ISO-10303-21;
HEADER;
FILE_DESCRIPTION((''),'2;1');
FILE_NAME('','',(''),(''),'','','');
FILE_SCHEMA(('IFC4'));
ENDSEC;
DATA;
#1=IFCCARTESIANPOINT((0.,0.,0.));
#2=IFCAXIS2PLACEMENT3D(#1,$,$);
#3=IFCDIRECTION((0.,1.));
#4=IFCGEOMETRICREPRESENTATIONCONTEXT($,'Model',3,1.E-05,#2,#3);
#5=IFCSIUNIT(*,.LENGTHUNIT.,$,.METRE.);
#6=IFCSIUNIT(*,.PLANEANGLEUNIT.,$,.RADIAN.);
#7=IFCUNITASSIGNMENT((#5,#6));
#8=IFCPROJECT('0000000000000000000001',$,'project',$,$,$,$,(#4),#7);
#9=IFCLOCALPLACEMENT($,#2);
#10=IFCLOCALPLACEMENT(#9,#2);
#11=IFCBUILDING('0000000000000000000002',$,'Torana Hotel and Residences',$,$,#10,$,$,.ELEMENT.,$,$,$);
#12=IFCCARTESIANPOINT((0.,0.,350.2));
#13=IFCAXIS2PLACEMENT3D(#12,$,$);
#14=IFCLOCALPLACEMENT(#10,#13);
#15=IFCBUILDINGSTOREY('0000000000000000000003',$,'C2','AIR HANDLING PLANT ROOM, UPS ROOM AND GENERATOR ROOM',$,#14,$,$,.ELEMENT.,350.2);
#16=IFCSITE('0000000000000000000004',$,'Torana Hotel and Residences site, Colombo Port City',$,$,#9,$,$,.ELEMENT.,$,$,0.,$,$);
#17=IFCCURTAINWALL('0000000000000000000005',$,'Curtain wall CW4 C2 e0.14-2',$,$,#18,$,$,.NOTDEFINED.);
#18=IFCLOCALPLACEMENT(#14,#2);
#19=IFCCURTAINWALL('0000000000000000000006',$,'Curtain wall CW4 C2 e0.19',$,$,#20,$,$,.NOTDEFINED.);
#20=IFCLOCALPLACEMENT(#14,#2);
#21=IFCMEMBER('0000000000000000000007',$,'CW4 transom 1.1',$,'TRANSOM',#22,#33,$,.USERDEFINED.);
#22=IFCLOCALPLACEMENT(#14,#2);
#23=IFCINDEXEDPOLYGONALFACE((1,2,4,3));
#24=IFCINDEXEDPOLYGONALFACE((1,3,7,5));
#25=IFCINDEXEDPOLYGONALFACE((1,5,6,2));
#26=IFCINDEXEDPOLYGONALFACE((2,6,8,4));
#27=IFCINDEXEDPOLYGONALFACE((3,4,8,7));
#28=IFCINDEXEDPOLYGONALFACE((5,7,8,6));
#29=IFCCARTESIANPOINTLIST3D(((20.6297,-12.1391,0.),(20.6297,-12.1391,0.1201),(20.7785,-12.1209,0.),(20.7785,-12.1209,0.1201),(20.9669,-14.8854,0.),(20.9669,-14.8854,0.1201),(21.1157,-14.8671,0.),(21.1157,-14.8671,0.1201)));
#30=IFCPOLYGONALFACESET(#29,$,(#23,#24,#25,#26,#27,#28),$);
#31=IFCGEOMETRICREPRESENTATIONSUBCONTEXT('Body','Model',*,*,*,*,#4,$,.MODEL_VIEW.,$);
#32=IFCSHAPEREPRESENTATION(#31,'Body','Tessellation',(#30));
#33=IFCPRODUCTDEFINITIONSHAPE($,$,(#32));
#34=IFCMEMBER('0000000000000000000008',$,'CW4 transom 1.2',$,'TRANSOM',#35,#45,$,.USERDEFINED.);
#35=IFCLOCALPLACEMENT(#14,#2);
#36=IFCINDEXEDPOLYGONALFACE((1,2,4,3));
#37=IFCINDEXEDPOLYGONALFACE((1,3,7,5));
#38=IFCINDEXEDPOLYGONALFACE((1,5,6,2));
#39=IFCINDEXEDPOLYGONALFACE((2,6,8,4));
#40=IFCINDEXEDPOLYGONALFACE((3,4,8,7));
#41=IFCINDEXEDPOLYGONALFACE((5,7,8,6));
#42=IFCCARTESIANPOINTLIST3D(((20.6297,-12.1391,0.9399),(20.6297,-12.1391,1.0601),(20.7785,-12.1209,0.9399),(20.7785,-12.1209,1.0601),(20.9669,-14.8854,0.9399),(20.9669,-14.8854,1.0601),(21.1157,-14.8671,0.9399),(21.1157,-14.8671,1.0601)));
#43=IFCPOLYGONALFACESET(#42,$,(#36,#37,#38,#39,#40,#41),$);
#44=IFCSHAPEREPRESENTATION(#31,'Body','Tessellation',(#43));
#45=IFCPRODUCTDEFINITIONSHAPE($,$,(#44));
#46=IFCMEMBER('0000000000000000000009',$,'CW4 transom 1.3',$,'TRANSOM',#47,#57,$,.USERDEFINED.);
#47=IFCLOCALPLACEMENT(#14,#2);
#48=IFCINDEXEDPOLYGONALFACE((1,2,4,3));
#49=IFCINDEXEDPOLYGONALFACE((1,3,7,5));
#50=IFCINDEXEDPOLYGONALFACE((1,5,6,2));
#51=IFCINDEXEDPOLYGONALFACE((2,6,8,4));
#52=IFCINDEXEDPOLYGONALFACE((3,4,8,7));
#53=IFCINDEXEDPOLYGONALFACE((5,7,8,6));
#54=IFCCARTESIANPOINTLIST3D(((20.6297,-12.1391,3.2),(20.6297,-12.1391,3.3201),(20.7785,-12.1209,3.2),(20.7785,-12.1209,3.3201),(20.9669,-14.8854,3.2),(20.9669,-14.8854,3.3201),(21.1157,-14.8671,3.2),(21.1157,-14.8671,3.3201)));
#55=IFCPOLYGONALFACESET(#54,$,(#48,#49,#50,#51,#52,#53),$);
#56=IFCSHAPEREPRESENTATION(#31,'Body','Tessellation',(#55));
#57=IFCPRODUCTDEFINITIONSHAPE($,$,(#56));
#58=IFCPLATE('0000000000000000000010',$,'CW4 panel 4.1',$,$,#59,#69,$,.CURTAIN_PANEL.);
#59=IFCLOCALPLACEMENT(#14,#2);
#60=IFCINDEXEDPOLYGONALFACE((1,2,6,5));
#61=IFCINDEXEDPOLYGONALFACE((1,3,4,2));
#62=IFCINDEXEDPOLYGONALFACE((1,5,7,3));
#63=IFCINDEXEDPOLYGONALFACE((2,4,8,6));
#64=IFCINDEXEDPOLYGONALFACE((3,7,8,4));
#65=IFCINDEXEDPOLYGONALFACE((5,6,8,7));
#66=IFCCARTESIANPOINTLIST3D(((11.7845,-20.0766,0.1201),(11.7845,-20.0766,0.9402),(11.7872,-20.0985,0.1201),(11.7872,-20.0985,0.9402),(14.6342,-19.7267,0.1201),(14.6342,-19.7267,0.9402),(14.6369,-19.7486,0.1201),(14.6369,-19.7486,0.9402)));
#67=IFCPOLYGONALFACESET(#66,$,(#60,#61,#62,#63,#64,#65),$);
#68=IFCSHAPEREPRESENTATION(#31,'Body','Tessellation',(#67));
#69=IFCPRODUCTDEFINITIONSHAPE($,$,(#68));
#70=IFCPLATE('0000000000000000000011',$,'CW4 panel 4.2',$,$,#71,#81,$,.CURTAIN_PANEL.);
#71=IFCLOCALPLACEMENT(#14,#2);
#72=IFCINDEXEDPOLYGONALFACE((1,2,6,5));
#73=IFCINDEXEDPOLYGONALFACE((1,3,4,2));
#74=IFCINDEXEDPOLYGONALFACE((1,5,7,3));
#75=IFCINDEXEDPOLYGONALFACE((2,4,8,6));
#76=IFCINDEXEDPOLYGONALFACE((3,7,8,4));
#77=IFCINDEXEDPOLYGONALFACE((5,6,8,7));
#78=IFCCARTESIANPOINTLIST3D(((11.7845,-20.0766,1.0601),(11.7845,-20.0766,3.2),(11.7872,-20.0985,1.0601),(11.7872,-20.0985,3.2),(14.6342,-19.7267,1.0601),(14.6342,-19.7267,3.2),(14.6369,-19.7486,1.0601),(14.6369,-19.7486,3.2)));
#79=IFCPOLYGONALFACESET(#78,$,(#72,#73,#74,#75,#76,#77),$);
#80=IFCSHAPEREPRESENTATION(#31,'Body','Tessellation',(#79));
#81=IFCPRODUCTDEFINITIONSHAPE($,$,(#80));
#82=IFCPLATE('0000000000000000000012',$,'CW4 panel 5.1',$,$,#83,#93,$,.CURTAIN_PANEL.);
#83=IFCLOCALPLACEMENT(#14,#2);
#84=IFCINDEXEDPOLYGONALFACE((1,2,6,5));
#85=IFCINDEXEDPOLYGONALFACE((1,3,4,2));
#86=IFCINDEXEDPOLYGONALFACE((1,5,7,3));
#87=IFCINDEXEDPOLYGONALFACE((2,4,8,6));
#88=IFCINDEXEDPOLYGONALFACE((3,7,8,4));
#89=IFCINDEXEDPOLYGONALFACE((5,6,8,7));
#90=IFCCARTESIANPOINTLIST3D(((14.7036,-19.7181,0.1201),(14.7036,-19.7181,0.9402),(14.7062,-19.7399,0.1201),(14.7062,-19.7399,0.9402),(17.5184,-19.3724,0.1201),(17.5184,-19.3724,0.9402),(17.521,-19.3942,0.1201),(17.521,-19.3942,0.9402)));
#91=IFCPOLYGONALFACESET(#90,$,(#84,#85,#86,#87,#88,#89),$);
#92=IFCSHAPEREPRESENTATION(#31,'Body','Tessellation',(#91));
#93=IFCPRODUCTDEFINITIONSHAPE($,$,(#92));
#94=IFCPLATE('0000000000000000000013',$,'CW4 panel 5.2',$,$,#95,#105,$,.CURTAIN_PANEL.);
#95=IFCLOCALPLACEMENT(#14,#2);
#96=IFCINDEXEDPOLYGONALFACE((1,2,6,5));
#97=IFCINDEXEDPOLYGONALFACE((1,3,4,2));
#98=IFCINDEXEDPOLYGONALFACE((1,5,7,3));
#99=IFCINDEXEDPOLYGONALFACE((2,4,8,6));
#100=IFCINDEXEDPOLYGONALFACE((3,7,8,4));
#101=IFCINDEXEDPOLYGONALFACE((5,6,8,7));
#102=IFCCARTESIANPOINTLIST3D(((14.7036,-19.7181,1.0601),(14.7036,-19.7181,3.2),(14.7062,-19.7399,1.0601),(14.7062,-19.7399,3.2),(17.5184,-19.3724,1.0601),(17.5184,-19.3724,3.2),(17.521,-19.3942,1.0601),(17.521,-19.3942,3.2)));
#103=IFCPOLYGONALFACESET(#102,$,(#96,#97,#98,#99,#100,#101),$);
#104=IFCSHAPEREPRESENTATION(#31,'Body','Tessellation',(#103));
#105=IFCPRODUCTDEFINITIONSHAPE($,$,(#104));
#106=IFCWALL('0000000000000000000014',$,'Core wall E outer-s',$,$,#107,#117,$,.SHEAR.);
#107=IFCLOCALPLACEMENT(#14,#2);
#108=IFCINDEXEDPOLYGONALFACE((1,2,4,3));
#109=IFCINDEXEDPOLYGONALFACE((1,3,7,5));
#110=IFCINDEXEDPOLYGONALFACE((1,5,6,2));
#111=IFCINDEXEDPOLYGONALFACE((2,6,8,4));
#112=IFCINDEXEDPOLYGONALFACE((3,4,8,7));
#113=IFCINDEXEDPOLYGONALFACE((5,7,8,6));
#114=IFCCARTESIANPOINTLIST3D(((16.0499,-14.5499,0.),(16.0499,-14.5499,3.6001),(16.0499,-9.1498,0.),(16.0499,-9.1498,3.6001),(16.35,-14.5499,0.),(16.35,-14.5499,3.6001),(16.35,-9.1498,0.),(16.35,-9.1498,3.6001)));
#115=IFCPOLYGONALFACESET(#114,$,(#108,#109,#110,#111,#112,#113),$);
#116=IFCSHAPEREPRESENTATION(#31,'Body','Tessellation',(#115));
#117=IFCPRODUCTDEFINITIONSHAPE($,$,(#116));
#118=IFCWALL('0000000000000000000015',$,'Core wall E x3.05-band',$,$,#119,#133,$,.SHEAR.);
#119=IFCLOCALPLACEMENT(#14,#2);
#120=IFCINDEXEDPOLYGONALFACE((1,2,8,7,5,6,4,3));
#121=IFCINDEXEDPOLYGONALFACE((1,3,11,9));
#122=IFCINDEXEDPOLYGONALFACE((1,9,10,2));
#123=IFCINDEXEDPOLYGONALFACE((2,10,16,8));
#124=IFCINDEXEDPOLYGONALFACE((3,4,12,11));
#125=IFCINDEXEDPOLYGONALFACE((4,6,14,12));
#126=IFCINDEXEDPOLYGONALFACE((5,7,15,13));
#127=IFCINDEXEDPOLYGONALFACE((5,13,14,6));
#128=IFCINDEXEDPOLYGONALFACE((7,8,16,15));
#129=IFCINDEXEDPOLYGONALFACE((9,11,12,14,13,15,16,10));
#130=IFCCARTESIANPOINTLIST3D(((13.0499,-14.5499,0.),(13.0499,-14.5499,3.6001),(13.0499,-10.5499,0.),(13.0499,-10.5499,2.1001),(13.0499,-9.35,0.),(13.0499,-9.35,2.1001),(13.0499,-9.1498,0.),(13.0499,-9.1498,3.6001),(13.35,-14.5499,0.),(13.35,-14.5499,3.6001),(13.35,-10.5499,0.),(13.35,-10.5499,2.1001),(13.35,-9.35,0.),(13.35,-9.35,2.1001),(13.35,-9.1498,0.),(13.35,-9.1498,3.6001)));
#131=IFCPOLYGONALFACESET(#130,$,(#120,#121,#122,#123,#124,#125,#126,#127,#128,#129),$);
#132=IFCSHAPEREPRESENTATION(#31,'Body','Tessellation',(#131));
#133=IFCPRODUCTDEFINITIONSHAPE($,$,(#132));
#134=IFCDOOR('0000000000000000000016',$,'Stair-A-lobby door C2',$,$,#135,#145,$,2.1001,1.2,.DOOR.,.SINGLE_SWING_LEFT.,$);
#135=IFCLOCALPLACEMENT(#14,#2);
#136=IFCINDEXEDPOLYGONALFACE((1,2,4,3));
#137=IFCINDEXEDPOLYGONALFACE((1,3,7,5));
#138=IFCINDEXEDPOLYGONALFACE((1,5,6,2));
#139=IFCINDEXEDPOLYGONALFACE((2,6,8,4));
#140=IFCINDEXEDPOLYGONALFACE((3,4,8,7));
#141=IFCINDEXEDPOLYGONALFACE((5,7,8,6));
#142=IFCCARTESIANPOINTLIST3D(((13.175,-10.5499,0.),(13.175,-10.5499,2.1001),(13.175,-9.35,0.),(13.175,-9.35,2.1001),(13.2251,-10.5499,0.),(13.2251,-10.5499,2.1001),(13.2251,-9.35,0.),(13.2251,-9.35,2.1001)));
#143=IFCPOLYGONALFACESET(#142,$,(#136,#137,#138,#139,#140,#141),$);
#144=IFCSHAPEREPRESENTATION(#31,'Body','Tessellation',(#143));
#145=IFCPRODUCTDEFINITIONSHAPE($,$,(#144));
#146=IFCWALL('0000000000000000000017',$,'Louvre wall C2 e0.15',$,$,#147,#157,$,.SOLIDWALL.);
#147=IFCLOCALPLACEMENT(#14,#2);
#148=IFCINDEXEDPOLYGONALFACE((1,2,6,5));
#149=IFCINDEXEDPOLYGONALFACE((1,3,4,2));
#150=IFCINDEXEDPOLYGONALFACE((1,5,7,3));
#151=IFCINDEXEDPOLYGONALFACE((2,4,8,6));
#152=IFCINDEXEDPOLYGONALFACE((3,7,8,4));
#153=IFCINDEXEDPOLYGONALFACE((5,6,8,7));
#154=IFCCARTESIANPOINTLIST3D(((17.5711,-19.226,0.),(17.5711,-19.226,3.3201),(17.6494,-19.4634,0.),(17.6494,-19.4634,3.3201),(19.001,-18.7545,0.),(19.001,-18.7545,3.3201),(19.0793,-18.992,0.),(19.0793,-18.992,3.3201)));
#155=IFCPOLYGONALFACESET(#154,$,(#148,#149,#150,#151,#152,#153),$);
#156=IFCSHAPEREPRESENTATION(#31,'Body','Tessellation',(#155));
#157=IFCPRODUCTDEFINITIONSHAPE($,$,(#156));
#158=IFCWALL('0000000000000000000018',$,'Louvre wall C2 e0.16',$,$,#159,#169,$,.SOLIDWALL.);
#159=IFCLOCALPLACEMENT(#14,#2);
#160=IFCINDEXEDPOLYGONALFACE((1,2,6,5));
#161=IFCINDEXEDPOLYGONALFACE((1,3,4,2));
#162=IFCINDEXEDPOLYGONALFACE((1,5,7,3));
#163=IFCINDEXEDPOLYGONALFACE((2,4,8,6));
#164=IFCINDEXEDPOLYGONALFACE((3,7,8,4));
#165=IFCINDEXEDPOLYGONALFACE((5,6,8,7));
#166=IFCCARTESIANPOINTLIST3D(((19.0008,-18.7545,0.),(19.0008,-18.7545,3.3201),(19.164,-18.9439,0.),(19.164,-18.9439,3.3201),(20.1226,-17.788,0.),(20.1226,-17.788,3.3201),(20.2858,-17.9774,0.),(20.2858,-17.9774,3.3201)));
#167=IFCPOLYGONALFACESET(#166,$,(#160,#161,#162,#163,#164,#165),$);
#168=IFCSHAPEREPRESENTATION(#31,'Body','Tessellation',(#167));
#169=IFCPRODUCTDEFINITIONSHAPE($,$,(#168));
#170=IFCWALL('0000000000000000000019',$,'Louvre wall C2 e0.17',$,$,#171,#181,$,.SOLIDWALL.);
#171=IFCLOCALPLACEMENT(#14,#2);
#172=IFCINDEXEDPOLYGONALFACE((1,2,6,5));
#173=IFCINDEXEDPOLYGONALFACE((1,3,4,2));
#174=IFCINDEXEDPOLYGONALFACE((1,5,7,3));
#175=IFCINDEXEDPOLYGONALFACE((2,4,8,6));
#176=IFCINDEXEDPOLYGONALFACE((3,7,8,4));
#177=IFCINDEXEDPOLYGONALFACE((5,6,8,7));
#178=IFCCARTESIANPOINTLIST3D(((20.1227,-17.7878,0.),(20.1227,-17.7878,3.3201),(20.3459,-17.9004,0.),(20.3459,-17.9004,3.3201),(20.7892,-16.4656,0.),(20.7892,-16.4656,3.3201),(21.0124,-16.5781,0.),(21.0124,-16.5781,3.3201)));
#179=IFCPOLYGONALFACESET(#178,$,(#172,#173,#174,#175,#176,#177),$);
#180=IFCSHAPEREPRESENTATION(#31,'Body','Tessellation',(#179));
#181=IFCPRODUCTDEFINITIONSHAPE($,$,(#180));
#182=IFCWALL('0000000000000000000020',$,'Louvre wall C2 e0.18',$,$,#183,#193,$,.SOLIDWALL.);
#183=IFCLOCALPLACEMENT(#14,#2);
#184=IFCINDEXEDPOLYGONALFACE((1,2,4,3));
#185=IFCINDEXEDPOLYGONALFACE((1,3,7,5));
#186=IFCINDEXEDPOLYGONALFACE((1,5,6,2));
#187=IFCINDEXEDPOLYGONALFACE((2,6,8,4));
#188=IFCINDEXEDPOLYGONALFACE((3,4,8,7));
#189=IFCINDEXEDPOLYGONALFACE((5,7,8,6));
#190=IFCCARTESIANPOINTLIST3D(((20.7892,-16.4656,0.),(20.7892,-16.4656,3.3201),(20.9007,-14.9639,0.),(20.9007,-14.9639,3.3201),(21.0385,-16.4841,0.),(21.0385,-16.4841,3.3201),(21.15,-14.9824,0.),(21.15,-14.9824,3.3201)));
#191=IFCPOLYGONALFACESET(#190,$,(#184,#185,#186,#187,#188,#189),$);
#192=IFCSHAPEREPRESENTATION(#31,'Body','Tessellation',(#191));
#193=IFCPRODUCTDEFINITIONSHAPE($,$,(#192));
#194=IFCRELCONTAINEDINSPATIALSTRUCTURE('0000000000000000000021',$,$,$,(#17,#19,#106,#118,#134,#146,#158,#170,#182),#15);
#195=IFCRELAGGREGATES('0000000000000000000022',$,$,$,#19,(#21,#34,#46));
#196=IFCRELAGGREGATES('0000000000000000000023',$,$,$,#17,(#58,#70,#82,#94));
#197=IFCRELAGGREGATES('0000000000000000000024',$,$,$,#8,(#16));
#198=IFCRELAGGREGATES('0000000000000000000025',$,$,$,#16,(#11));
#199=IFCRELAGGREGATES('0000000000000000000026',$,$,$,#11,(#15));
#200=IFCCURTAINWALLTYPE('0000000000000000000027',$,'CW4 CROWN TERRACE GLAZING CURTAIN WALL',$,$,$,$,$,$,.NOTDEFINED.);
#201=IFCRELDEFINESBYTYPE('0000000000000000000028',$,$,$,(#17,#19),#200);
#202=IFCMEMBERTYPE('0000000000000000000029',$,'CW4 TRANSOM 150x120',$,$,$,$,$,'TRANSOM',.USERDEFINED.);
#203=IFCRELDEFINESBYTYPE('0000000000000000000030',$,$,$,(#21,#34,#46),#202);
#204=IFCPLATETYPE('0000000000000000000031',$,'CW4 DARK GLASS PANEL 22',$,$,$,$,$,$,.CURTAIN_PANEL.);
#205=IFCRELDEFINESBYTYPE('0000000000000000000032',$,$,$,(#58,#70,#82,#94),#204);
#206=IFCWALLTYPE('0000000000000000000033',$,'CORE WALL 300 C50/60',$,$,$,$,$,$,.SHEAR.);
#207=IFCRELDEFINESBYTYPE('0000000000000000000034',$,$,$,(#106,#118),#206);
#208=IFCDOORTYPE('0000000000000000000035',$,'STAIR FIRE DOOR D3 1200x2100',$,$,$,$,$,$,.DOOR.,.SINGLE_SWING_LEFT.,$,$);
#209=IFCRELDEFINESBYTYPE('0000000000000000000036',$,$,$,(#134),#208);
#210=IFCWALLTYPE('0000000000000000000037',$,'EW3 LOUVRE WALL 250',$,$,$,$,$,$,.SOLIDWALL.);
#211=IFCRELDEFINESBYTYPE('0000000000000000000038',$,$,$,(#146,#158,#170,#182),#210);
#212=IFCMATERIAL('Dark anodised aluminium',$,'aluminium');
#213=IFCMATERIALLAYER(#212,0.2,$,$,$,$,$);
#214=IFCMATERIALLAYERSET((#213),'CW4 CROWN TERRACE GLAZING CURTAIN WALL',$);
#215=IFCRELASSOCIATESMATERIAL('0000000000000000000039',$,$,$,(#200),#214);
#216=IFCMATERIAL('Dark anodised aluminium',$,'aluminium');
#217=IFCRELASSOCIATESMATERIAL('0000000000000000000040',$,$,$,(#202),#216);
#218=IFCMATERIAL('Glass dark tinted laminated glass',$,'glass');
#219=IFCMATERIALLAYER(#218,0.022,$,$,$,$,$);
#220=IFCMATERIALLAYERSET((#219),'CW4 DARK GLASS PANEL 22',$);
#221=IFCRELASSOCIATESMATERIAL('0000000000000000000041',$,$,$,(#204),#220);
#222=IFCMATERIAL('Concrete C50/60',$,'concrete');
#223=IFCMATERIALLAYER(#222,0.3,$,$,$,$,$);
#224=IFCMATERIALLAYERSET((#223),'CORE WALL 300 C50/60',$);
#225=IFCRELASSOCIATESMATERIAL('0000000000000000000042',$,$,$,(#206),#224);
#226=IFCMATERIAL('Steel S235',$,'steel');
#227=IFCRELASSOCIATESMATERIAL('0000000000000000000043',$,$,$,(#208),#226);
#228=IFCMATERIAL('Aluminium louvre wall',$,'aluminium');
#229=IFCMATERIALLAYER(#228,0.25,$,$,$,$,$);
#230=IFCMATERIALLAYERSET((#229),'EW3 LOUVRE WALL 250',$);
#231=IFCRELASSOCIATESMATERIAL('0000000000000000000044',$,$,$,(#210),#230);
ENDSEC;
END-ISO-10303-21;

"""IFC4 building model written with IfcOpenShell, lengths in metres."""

from ifc_helpers import new_model, si_unit, direction, frame, frame_2d, origin, origin_2d, place, context, subcontext, project, spatial, rectangle, extrude, material, layer, layer_set, material_profile, profile_set, type_object, element, fill, aggregate, save


model = new_model("IFC4")

# Units and contexts
model_context = context("Model", 3, precision=1e-05, world=origin(), true_north=direction((0.0, 1.0)))
body_context = subcontext(model_context, "Body", "Model", "MODEL_VIEW")
ifc_project = project(units=[si_unit("LENGTHUNIT", "METRE"), si_unit("PLANEANGLEUNIT", "RADIAN")], contexts=[model_context])

# Site, building, storey
site_placement = place(None, origin())
site = spatial("IfcSite", under=ifc_project, at=site_placement, Name="Torana Hotel and Residences site, Colombo Port City", CompositionType="ELEMENT", RefElevation=0.0)
building_placement = place(site_placement, origin())
building = spatial("IfcBuilding", under=site, at=building_placement, Name="Torana Hotel and Residences", CompositionType="ELEMENT")
storey_placement = place(building_placement, frame((0.0, 0.0, 350.2)))
storey = spatial("IfcBuildingStorey", under=building, at=storey_placement, Name="C2", Description="AIR HANDLING PLANT ROOM, UPS ROOM AND GENERATOR ROOM", CompositionType="ELEMENT", Elevation=350.2)

# Curtain wall
ifc_material_1 = material(Name="Dark anodised aluminium", Category="aluminium")
ifc_layer_1 = layer(ifc_material_1, 0.2)
ifc_layer_set_1 = layer_set([ifc_layer_1], Name="CW4 CROWN TERRACE GLAZING CURTAIN WALL")
curtain_wall_type = type_object("IfcCurtainWallType", Name="CW4 CROWN TERRACE GLAZING CURTAIN WALL", PredefinedType="NOTDEFINED", material=ifc_layer_set_1)
curtain_wall_1_placement = place(storey_placement, origin())
curtain_wall_1 = element("IfcCurtainWall", 1, at=curtain_wall_1_placement, inside=storey, type_object=curtain_wall_type, Name="Curtain wall CW4 C2 e0.14-2", PredefinedType="NOTDEFINED")

# Curtain wall
curtain_wall_2_placement = place(storey_placement, origin())
curtain_wall_2 = element("IfcCurtainWall", 2, at=curtain_wall_2_placement, inside=storey, type_object=curtain_wall_type, Name="Curtain wall CW4 C2 e0.19", PredefinedType="NOTDEFINED")

# Members
ifc_material_2 = material(Name="Dark anodised aluminium", Category="aluminium")
ifc_material_profile_1 = material_profile(ifc_material_2, rectangle(XDim=0.1499, YDim=0.1201, at=origin_2d()), Name="CW4 TRANSOM 150x120")
ifc_profile_set_1 = profile_set([ifc_material_profile_1], Name="Dark anodised aluminium")
member_type_1 = type_object("IfcMemberType", Name="CW4 TRANSOM 150x120", ElementType="TRANSOM", PredefinedType="USERDEFINED", material=ifc_profile_set_1)
member_1_placement = place(storey_placement, frame((21.0413, -14.8762, 0.0601), z_axis=(-0.121852, 0.992548, 0.0), x_axis=(-0.992548, -0.121852, 0.0)))
member_1 = element("IfcMember", 3, at=member_1_placement, type_object=member_type_1, Name="CW4 transom 1.1", ObjectType="TRANSOM", PredefinedType="USERDEFINED", context=body_context, shape_type="SweptSolid", body=[
    extrude(rectangle(XDim=0.1499, YDim=0.1201, at=origin_2d()), origin(), (0.0, 0.0, 1.0), 2.7668),
])
member_2_placement = place(storey_placement, frame((21.0413, -14.8762, 1.0), z_axis=(-0.121852, 0.992548, 0.0), x_axis=(-0.992548, -0.121852, 0.0)))
member_2 = element("IfcMember", 4, at=member_2_placement, type_object=member_type_1, Name="CW4 transom 1.2", ObjectType="TRANSOM", PredefinedType="USERDEFINED", context=body_context, shape_type="SweptSolid", body=[
    extrude(rectangle(XDim=0.1499, YDim=0.1201, at=origin_2d()), origin(), (0.0, 0.0, 1.0), 2.7668),
])
member_3_placement = place(storey_placement, frame((21.0413, -14.8762, 3.26), z_axis=(-0.121852, 0.992548, 0.0), x_axis=(-0.992548, -0.121852, 0.0)))
member_3 = element("IfcMember", 5, at=member_3_placement, type_object=member_type_1, Name="CW4 transom 1.3", ObjectType="TRANSOM", PredefinedType="USERDEFINED", context=body_context, shape_type="SweptSolid", body=[
    extrude(rectangle(XDim=0.1499, YDim=0.1201, at=origin_2d()), origin(), (0.0, 0.0, 1.0), 2.7668),
])
aggregate(curtain_wall_2, [member_1, member_2, member_3])

# Plates
ifc_material_3 = material(Name="Glass dark tinted laminated glass", Category="glass")
ifc_layer_2 = layer(ifc_material_3, 0.022)
ifc_layer_set_2 = layer_set([ifc_layer_2], Name="CW4 DARK GLASS PANEL 22")
plate_type = type_object("IfcPlateType", Name="CW4 DARK GLASS PANEL 22", PredefinedType="CURTAIN_PANEL", material=ifc_layer_set_2)
plate_1_placement = place(storey_placement, frame((13.2107, -19.9126, 0.1201), z_axis=(0.0, 0.0, 1.0), x_axis=(0.992546, 0.12187, 0.0)))
plate_1 = element("IfcPlate", 6, at=plate_1_placement, type_object=plate_type, Name="CW4 panel 4.1", PredefinedType="CURTAIN_PANEL", context=body_context, shape_type="SweptSolid", body=[
    extrude(rectangle(XDim=2.8711, YDim=0.022, at=origin_2d()), origin(), (0.0, 0.0, 1.0), 0.8201),
])
plate_2_placement = place(storey_placement, frame((13.2107, -19.9126, 1.0601), z_axis=(0.0, 0.0, 1.0), x_axis=(0.992546, 0.12187, 0.0)))
plate_2 = element("IfcPlate", 7, at=plate_2_placement, type_object=plate_type, Name="CW4 panel 4.2", PredefinedType="CURTAIN_PANEL", context=body_context, shape_type="SweptSolid", body=[
    extrude(rectangle(XDim=2.8711, YDim=0.022, at=origin_2d()), origin(), (0.0, 0.0, 1.0), 2.1399),
])
plate_3_placement = place(storey_placement, frame((16.1123, -19.5562, 0.1201), z_axis=(0.0, 0.0, 1.0), x_axis=(0.992546, 0.12187, 0.0)))
plate_3 = element("IfcPlate", 8, at=plate_3_placement, type_object=plate_type, Name="CW4 panel 5.1", PredefinedType="CURTAIN_PANEL", context=body_context, shape_type="SweptSolid", body=[
    extrude(rectangle(XDim=2.8359, YDim=0.022, at=origin_2d()), origin(), (0.0, 0.0, 1.0), 0.8201),
])
plate_4_placement = place(storey_placement, frame((16.1123, -19.5562, 1.0601), z_axis=(0.0, 0.0, 1.0), x_axis=(0.992546, 0.12187, 0.0)))
plate_4 = element("IfcPlate", 9, at=plate_4_placement, type_object=plate_type, Name="CW4 panel 5.2", PredefinedType="CURTAIN_PANEL", context=body_context, shape_type="SweptSolid", body=[
    extrude(rectangle(XDim=2.8359, YDim=0.022, at=origin_2d()), origin(), (0.0, 0.0, 1.0), 2.1399),
])
aggregate(curtain_wall_1, [plate_1, plate_2, plate_3, plate_4])

# Wall
ifc_material_4 = material(Name="Concrete C50/60", Category="concrete")
ifc_layer_3 = layer(ifc_material_4, 0.3)
ifc_layer_set_3 = layer_set([ifc_layer_3], Name="CORE WALL 300 C50/60")
wall_type_1 = type_object("IfcWallType", Name="CORE WALL 300 C50/60", PredefinedType="SHEAR", material=ifc_layer_set_3)
wall_1_placement = place(storey_placement, frame((16.2, -14.55, 0.0), z_axis=(0.0, 0.0, 1.0), x_axis=(0.0, 1.0, 0.0)))
element("IfcWall", 10, at=wall_1_placement, inside=storey, type_object=wall_type_1, Name="Core wall E outer-s", PredefinedType="SHEAR", context=body_context, shape_type="SweptSolid", body=[
    extrude(rectangle(XDim=5.4001, YDim=0.3, at=frame_2d((2.7002, 0.0))), origin(), (0.0, 0.0, 1.0), 3.6001),
])

# Wall, opening, door
wall_2_placement = place(storey_placement, frame((13.2, -14.55, 0.0), z_axis=(0.0, 0.0, 1.0), x_axis=(0.0, 1.0, 0.0)))
wall_2 = element("IfcWall", 11, at=wall_2_placement, inside=storey, type_object=wall_type_1, Name="Core wall E x3.05-band", PredefinedType="SHEAR", context=body_context, shape_type="SweptSolid", body=[
    extrude(rectangle(XDim=5.4001, YDim=0.3, at=frame_2d((2.7002, 0.0))), origin(), (0.0, 0.0, 1.0), 3.6001),
])
opening_1_placement = place(wall_2_placement, frame((4.0, 0.0, 0.0)))
opening_1 = element("IfcOpeningElement", 12, at=opening_1_placement, cuts=wall_2, PredefinedType="OPENING", context=body_context, shape_type="SweptSolid", body=[
    extrude(rectangle(XDim=1.2, YDim=2.1001, at=frame_2d((0.6001, 1.05))), frame((0.0, 0.1599, 0.0), z_axis=(0.0, -1.0, 0.0), x_axis=(1.0, 0.0, 0.0)), (0.0, 0.0, 1.0), 0.3201),
])
ifc_material_5 = material(Name="Steel S235", Category="steel")
door_type_1 = type_object("IfcDoorType", Name="STAIR FIRE DOOR D3 1200x2100", OperationType="SINGLE_SWING_LEFT", PredefinedType="DOOR", material=ifc_material_5)
door_1_placement = place(opening_1_placement, origin())
door_1 = element("IfcDoor", 13, at=door_1_placement, inside=storey, type_object=door_type_1, Name="Stair-A-lobby door C2", OperationType="SINGLE_SWING_LEFT", OverallHeight=2.1001, OverallWidth=1.2, PredefinedType="DOOR", context=body_context, shape_type="SweptSolid", body=[
    extrude(rectangle(XDim=1.2, YDim=2.1001, at=frame_2d((0.6001, 1.05))), frame((0.0, 0.0249, 0.0), z_axis=(0.0, -1.0, 0.0), x_axis=(1.0, 0.0, 0.0)), (0.0, 0.0, 1.0), 0.05),
])
fill(opening_1, door_1)

# Walls
ifc_material_6 = material(Name="Aluminium louvre wall", Category="aluminium")
ifc_layer_4 = layer(ifc_material_6, 0.25)
ifc_layer_set_4 = layer_set([ifc_layer_4], Name="EW3 LOUVRE WALL 250")
wall_type_2 = type_object("IfcWallType", Name="EW3 LOUVRE WALL 250", PredefinedType="SOLIDWALL", material=ifc_layer_set_4)
wall_3_placement = place(storey_placement, frame((17.6101, -19.3447, 0.0), z_axis=(0.0, 0.0, 1.0), x_axis=(0.949716, 0.313113, 0.0)))
element("IfcWall", 14, at=wall_3_placement, inside=storey, type_object=wall_type_2, Name="Louvre wall C2 e0.15", PredefinedType="SOLIDWALL", context=body_context, shape_type="SweptSolid", body=[
    extrude(rectangle(XDim=1.5056, YDim=0.25, at=frame_2d((0.7529, 0.0))), origin(), (0.0, 0.0, 1.0), 3.3201),
])
for number, where, z_axis, x_axis, name in (
    (15, (19.0825, -18.8491, 0.0), (0.0, 0.0, 1.0), (0.75759, 0.652731, 0.0), "Louvre wall C2 e0.16"),
    (16, (20.2344, -17.844, 0.0), (0.0, 0.0, 1.0), (0.450113, 0.892972, 0.0), "Louvre wall C2 e0.17"),
):
    element("IfcWall", number, at=place(storey_placement, frame(where, z_axis=z_axis, x_axis=x_axis)), inside=storey, type_object=wall_type_2, Name=name, PredefinedType="SOLIDWALL", context=body_context, shape_type="SweptSolid", body=[
        extrude(rectangle(XDim=1.4807, YDim=0.25, at=frame_2d((0.7402, 0.0))), origin(), (0.0, 0.0, 1.0), 3.3201),
    ])
wall_4_placement = place(storey_placement, frame((20.9138, -16.4749, 0.0), z_axis=(0.0, 0.0, 1.0), x_axis=(0.074093, 0.997251, 0.0)))
element("IfcWall", 17, at=wall_4_placement, inside=storey, type_object=wall_type_2, Name="Louvre wall C2 e0.18", PredefinedType="SOLIDWALL", context=body_context, shape_type="SweptSolid", body=[
    extrude(rectangle(XDim=1.5059, YDim=0.25, at=frame_2d((0.7529, 0.0))), origin(), (0.0, 0.0, 1.0), 3.3201),
])

save(model, "model.ifc")
